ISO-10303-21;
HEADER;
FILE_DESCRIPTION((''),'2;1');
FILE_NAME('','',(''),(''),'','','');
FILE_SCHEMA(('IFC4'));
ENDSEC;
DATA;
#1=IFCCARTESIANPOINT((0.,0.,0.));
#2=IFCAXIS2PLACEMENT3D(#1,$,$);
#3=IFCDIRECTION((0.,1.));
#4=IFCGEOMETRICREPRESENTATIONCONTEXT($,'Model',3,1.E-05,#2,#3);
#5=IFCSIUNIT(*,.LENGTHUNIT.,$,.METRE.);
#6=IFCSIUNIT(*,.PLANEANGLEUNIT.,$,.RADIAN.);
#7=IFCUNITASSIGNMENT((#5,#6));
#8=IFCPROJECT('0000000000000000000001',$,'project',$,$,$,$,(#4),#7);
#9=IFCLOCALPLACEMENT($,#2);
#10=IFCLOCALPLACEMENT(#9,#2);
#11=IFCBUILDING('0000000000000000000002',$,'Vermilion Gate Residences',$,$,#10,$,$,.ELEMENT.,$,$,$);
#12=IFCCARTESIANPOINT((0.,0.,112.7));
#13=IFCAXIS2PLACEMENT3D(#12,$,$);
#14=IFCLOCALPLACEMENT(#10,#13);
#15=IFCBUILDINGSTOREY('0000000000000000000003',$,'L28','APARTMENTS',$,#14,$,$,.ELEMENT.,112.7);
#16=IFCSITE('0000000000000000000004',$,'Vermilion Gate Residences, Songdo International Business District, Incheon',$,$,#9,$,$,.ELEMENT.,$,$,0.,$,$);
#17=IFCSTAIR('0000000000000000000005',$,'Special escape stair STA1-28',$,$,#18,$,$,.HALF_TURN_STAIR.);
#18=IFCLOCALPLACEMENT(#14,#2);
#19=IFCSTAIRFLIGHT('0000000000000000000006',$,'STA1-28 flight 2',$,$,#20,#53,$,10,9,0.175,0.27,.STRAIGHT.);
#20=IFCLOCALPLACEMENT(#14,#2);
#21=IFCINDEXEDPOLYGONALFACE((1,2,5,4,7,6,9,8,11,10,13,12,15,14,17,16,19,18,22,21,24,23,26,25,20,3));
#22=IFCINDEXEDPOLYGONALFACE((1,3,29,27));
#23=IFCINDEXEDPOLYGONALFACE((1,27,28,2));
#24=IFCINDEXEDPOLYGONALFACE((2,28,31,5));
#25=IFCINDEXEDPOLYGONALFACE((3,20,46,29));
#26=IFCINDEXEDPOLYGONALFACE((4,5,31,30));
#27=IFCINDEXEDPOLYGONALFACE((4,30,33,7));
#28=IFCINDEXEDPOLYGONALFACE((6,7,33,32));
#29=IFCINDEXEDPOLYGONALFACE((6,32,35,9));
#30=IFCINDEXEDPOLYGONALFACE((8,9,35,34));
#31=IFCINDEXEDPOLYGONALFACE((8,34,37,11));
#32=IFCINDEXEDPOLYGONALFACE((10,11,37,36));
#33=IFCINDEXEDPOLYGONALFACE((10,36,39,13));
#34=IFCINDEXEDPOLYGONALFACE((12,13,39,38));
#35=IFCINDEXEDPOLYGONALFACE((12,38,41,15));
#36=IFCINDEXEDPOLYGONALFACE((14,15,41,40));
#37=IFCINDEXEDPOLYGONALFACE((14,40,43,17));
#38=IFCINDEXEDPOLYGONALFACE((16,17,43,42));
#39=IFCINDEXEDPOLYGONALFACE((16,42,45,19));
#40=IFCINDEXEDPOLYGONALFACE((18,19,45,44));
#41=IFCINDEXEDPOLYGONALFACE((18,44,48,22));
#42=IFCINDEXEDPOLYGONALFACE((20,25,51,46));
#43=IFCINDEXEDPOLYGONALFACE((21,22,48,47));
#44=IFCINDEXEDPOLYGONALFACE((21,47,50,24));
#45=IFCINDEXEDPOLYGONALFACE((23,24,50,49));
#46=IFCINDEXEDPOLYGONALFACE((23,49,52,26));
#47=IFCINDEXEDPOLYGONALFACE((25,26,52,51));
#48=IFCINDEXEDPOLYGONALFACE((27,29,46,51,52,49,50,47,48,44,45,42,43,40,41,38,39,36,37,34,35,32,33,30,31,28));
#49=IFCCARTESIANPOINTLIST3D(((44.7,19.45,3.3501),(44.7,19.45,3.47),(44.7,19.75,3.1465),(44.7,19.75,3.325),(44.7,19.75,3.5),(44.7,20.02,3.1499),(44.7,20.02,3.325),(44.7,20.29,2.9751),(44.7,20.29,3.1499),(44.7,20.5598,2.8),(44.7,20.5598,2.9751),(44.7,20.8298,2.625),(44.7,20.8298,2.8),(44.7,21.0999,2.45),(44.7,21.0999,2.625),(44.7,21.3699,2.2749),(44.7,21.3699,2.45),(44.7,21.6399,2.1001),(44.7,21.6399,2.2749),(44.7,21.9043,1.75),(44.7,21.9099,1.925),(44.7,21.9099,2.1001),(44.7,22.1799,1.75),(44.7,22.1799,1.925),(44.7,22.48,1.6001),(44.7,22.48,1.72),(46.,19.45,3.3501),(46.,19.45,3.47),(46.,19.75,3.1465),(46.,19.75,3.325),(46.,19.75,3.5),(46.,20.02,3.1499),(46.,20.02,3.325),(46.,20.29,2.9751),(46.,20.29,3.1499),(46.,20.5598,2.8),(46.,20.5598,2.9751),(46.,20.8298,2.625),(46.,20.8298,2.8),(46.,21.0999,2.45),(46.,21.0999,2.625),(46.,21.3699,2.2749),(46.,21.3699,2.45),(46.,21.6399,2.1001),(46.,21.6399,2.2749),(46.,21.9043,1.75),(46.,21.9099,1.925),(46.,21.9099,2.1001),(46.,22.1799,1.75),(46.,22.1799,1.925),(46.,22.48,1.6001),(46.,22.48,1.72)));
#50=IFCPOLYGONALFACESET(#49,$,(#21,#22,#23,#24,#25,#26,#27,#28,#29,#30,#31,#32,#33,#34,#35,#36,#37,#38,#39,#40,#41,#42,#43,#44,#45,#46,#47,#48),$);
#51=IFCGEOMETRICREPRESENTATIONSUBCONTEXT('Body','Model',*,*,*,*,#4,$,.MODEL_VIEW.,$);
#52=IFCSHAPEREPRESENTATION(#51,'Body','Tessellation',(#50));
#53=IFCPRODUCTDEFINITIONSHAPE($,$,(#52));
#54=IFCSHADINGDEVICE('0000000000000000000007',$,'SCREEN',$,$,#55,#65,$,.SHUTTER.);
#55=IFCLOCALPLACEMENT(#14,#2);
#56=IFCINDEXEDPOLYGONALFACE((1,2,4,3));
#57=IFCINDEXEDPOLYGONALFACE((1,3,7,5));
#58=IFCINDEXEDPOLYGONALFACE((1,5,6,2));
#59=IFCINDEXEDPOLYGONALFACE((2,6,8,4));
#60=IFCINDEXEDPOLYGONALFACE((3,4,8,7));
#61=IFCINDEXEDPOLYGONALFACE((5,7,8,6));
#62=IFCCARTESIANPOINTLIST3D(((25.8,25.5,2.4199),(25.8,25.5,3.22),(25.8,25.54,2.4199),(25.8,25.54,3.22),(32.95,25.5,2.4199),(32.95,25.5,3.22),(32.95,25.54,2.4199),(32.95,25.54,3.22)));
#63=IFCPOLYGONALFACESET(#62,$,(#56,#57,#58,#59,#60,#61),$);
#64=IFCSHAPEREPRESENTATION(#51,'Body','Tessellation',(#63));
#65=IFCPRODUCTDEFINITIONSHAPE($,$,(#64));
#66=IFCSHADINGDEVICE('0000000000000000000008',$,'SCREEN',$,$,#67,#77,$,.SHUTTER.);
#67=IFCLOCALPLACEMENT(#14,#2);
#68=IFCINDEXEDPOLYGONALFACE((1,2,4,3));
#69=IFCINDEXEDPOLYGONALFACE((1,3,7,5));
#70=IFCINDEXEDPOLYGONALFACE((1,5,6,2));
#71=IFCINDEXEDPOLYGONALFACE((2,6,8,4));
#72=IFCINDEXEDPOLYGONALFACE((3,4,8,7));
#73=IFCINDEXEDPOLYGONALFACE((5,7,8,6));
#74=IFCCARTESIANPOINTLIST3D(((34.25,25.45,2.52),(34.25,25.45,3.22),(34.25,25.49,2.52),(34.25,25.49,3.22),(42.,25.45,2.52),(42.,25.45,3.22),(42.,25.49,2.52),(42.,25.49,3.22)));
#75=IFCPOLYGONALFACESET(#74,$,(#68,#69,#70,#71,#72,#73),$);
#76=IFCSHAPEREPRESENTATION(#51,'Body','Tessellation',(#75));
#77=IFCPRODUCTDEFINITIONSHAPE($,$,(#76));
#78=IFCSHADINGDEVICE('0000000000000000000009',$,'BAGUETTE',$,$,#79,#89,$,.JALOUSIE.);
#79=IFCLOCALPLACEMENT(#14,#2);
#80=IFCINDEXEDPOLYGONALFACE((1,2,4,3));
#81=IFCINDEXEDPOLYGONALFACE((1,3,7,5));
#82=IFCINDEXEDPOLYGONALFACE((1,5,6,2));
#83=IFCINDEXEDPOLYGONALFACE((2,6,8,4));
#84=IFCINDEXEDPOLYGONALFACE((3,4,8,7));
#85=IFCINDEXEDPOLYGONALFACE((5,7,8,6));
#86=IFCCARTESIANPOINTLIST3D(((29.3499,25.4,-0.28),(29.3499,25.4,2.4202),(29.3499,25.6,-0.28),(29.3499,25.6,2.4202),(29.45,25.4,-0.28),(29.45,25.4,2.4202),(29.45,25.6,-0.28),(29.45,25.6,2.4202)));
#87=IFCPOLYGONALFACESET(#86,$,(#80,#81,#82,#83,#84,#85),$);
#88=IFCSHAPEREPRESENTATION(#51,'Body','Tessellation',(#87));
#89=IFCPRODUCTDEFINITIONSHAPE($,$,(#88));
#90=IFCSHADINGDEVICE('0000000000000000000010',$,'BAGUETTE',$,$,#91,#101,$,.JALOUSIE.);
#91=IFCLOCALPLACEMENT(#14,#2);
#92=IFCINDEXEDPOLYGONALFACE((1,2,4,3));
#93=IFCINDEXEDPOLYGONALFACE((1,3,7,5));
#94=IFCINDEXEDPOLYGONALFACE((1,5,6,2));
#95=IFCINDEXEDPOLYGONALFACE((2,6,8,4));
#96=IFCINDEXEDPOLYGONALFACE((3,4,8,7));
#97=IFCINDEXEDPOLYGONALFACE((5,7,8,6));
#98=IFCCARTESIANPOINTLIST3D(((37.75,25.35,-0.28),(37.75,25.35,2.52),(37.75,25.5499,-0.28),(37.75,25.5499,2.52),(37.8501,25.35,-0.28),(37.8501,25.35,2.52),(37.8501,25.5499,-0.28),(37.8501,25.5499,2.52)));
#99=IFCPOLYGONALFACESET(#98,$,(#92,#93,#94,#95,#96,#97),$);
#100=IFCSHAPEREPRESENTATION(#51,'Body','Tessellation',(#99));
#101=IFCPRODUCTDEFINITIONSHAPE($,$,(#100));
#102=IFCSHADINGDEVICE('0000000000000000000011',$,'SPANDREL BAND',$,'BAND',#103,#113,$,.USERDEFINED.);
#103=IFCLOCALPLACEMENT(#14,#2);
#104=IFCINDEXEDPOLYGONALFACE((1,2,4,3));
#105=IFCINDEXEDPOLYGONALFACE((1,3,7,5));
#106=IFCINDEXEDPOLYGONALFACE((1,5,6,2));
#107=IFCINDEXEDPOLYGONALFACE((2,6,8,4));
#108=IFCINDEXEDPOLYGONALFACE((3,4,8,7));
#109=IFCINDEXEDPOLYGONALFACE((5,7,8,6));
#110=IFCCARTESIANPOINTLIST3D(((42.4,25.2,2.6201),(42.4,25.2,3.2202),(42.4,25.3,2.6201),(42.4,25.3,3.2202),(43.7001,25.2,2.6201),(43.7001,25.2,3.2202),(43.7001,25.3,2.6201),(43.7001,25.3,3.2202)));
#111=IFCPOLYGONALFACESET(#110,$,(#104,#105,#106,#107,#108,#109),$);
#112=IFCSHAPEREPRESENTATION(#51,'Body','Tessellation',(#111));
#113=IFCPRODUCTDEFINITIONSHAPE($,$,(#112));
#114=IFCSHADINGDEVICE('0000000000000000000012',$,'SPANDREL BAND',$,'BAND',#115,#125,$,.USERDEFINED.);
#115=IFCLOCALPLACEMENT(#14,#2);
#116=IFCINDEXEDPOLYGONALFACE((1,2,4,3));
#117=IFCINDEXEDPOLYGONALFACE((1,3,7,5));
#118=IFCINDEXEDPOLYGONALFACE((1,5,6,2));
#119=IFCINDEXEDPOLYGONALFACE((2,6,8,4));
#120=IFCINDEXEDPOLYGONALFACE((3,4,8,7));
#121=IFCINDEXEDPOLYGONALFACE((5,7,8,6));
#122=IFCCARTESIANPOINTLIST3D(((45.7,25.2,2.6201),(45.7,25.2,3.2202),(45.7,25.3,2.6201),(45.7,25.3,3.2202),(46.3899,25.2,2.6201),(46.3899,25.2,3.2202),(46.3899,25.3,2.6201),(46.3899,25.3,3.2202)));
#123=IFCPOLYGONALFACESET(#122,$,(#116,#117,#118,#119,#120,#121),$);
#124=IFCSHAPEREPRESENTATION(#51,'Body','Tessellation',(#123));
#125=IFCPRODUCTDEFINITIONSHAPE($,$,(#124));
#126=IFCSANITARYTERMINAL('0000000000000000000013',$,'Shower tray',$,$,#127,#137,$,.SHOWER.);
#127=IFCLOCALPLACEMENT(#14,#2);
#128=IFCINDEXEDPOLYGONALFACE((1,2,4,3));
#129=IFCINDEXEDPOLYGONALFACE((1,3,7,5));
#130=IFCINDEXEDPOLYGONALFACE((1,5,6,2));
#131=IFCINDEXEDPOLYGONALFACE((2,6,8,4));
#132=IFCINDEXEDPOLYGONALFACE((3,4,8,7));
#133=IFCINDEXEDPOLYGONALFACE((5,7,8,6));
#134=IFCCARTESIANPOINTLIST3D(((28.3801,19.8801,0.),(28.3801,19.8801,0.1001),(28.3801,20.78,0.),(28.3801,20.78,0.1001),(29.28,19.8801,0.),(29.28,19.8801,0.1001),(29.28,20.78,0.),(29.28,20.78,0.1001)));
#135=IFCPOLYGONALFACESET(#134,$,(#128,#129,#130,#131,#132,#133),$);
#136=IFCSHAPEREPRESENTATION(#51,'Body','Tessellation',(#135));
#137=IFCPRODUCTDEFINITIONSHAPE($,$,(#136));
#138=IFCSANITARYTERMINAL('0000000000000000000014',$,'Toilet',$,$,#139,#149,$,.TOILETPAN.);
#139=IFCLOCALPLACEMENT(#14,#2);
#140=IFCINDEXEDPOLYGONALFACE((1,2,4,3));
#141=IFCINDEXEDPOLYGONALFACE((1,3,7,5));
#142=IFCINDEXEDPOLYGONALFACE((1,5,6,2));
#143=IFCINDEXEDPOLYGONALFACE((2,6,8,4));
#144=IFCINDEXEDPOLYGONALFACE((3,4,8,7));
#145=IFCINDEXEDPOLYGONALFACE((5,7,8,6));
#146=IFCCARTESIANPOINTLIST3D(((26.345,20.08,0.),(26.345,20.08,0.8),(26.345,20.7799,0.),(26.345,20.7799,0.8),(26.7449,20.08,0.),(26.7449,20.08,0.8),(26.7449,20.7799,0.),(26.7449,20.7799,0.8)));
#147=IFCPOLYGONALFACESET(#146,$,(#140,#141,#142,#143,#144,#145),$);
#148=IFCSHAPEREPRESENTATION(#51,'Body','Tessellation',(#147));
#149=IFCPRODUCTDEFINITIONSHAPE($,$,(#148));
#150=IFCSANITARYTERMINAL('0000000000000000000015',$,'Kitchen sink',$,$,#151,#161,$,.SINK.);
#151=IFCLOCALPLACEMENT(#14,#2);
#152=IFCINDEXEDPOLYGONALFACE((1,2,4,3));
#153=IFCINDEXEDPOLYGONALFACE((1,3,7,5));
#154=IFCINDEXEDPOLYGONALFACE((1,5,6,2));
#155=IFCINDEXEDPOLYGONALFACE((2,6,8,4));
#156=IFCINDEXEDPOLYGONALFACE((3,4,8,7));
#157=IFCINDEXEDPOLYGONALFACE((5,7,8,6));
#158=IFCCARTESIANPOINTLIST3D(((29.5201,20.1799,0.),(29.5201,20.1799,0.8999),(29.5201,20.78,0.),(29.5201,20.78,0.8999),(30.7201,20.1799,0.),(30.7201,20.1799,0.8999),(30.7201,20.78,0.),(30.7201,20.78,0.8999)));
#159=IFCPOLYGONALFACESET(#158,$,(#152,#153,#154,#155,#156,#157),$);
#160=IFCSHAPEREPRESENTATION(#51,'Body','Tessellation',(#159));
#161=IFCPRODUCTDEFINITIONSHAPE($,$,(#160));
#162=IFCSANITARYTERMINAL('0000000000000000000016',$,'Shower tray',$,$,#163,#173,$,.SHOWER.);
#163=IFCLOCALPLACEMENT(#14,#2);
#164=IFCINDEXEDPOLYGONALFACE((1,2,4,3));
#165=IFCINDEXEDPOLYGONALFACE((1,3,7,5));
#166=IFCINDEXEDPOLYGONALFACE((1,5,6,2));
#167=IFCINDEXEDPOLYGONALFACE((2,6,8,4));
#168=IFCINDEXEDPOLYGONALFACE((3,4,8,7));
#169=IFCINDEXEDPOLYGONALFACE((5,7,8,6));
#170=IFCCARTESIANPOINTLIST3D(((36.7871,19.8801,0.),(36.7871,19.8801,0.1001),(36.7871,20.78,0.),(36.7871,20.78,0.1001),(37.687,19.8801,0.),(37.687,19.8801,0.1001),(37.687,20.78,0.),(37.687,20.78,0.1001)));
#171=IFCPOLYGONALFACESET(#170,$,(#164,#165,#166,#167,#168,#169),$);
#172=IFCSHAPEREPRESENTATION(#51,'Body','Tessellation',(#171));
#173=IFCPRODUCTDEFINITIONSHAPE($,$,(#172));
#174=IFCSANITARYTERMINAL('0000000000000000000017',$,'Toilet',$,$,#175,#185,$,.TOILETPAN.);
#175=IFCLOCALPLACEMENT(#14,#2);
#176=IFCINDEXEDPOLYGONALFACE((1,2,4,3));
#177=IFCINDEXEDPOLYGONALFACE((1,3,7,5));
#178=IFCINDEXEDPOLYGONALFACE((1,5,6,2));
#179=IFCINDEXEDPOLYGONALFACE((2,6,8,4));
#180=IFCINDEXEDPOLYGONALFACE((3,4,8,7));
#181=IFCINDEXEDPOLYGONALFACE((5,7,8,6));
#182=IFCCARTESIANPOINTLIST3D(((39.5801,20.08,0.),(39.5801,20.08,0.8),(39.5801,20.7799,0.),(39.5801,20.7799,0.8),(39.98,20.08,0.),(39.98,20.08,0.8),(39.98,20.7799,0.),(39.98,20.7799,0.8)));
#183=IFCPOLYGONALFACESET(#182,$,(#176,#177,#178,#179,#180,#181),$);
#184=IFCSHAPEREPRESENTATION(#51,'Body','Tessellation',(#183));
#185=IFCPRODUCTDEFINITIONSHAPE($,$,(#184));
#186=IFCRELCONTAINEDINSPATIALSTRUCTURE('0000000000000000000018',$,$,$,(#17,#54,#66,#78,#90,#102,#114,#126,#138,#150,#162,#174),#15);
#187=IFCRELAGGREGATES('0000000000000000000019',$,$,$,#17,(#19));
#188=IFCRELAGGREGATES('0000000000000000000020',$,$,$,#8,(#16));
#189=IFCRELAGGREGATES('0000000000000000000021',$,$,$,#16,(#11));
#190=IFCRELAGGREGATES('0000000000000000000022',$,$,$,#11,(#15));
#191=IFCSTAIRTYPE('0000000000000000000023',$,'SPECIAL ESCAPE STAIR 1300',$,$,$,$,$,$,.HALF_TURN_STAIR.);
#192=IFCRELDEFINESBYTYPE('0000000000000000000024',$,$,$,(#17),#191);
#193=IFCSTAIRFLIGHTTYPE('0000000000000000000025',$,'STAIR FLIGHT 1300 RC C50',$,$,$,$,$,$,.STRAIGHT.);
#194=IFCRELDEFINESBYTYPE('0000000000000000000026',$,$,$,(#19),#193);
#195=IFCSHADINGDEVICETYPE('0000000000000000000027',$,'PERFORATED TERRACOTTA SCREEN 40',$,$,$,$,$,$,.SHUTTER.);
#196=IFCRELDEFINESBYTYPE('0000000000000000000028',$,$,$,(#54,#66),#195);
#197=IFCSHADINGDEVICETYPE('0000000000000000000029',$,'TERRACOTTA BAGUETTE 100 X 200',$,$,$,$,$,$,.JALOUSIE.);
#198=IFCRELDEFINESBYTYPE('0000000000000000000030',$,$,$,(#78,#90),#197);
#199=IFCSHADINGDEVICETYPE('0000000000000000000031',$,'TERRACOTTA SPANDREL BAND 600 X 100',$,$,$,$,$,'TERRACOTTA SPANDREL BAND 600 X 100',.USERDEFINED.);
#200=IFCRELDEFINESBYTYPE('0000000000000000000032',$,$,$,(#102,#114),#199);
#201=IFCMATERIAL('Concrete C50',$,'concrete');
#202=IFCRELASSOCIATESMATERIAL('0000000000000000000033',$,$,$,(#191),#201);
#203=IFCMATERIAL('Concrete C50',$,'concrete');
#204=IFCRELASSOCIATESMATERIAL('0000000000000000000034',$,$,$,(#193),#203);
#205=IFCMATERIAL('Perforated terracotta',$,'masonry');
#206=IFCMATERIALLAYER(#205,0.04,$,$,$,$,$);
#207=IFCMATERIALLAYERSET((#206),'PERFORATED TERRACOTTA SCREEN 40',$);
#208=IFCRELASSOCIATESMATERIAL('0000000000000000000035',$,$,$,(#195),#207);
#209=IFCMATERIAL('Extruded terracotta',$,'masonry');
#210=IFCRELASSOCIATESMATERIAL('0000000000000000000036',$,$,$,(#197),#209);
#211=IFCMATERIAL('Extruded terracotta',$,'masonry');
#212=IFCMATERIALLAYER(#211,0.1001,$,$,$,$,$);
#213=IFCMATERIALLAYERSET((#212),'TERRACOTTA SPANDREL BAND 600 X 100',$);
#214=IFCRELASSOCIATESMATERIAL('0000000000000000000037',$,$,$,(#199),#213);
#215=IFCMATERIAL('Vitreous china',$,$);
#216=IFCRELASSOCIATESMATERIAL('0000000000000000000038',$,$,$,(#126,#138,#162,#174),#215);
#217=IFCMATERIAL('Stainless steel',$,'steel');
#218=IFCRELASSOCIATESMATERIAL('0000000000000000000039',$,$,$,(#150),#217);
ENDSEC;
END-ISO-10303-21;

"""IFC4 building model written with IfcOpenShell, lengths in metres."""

from ifc_helpers import new_model, si_unit, direction, frame, origin, origin_2d, place, context, subcontext, project, spatial, polyline, rectangle, outline, extrude, material, layer, layer_set, material_profile, profile_set, type_object, element, aggregate, save


model = new_model("IFC4")

# Units and contexts
model_context = context("Model", 3, precision=1e-05, world=origin(), true_north=direction((0.0, 1.0)))
body_context = subcontext(model_context, "Body", "Model", "MODEL_VIEW")
ifc_project = project(units=[si_unit("LENGTHUNIT", "METRE"), si_unit("PLANEANGLEUNIT", "RADIAN")], contexts=[model_context])

# Site, building, storey
site_placement = place(None, origin())
site = spatial("IfcSite", under=ifc_project, at=site_placement, Name="Vermilion Gate Residences, Songdo International Business District, Incheon", CompositionType="ELEMENT", RefElevation=0.0)
building_placement = place(site_placement, origin())
building = spatial("IfcBuilding", under=site, at=building_placement, Name="Vermilion Gate Residences", CompositionType="ELEMENT")
storey_placement = place(building_placement, frame((0.0, 0.0, 112.7)))
storey = spatial("IfcBuildingStorey", under=building, at=storey_placement, Name="L28", Description="APARTMENTS", CompositionType="ELEMENT", Elevation=112.7)

# Stair, stair flight
ifc_material_1 = material(Name="Concrete C50", Category="concrete")
stair_type = type_object("IfcStairType", Name="SPECIAL ESCAPE STAIR 1300", PredefinedType="HALF_TURN_STAIR", material=ifc_material_1)
stair_placement = place(storey_placement, origin())
stair = element("IfcStair", 1, at=stair_placement, inside=storey, type_object=stair_type, Name="Special escape stair STA1-28", PredefinedType="HALF_TURN_STAIR")
ifc_material_2 = material(Name="Concrete C50", Category="concrete")
stair_flight_type = type_object("IfcStairFlightType", Name="STAIR FLIGHT 1300 RC C50", PredefinedType="STRAIGHT", material=ifc_material_2)
stair_flight_placement = place(storey_placement, frame((45.3501, 22.1799, 1.75), z_axis=(0.0, 0.0, 1.0), x_axis=(0.0, -1.0, 0.0)))
stair_flight = element("IfcStairFlight", 2, at=stair_flight_placement, type_object=stair_flight_type, Name="STA1-28 flight 2", NumberOfRisers=10, NumberOfTreads=9, PredefinedType="STRAIGHT", RiserHeight=0.175, TreadLength=0.27, context=body_context, shape_type="SweptSolid", body=[
    extrude(outline(polyline([(-0.3, -0.1499), (-0.3, -0.03), (0.0, 0.0), (0.0, 0.175), (0.27, 0.175), (0.27, 0.3501), (0.54, 0.3501), (0.54, 0.5249), (0.8101, 0.5249), (0.8101, 0.7), (1.0801, 0.7), (1.0801, 0.875), (1.3501, 0.875), (1.3501, 1.05), (1.6201, 1.05), (1.6201, 1.2251), (1.8899, 1.2251), (1.8899, 1.3999), (2.1599, 1.3999), (2.1599, 1.575), (2.4299, 1.575), (2.4299, 1.75), (2.73, 1.72), (2.73, 1.6001), (2.4299, 1.3965), (0.2756, 0.0), (-0.3, -0.1499)])), frame((0.0, 0.6499, 0.0), z_axis=(0.0, -1.0, 0.0), x_axis=(1.0, 0.0, 0.0)), (0.0, 0.0, 1.0), 1.3),
])
aggregate(stair, [stair_flight])

# Shading devices
ifc_material_3 = material(Name="Perforated terracotta", Category="masonry")
ifc_layer_1 = layer(ifc_material_3, 0.04)
ifc_layer_set_1 = layer_set([ifc_layer_1], Name="PERFORATED TERRACOTTA SCREEN 40")
shading_device_type_1 = type_object("IfcShadingDeviceType", Name="PERFORATED TERRACOTTA SCREEN 40", PredefinedType="SHUTTER", material=ifc_layer_set_1)
shading_device_1_placement = place(storey_placement, frame((29.375, 25.52, 2.4199), z_axis=(0.0, 0.0, 1.0), x_axis=(-1.0, 0.0, 0.0)))
element("IfcShadingDevice", 3, at=shading_device_1_placement, inside=storey, type_object=shading_device_type_1, Name="SCREEN", PredefinedType="SHUTTER", context=body_context, shape_type="SweptSolid", body=[
    extrude(rectangle(XDim=7.1499, YDim=0.04, at=origin_2d()), origin(), (0.0, 0.0, 1.0), 0.8),
])
shading_device_2_placement = place(storey_placement, frame((38.125, 25.47, 2.52), z_axis=(0.0, 0.0, 1.0), x_axis=(-1.0, 0.0, 0.0)))
element("IfcShadingDevice", 4, at=shading_device_2_placement, inside=storey, type_object=shading_device_type_1, Name="SCREEN", PredefinedType="SHUTTER", context=body_context, shape_type="SweptSolid", body=[
    extrude(rectangle(XDim=7.75, YDim=0.04, at=origin_2d()), origin(), (0.0, 0.0, 1.0), 0.7),
])
ifc_material_4 = material(Name="Extruded terracotta", Category="masonry")
ifc_material_profile_1 = material_profile(ifc_material_4, rectangle(XDim=0.2, YDim=0.1001, at=origin_2d()), Name="BAGUETTE 100 X 200")
ifc_profile_set_1 = profile_set([ifc_material_profile_1], Name="Extruded terracotta")
shading_device_type_2 = type_object("IfcShadingDeviceType", Name="TERRACOTTA BAGUETTE 100 X 200", PredefinedType="JALOUSIE", material=ifc_profile_set_1)
shading_device_3_placement = place(storey_placement, frame((29.3999, 25.5, -0.28), z_axis=(0.0, 0.0, 1.0), x_axis=(0.0, -1.0, 0.0)))
element("IfcShadingDevice", 5, at=shading_device_3_placement, inside=storey, type_object=shading_device_type_2, Name="BAGUETTE", PredefinedType="JALOUSIE", context=body_context, shape_type="SweptSolid", body=[
    extrude(rectangle(XDim=0.2, YDim=0.1001, at=origin_2d()), origin(), (0.0, 0.0, 1.0), 2.7002),
])
shading_device_4_placement = place(storey_placement, frame((37.8, 25.45, -0.28), z_axis=(0.0, 0.0, 1.0), x_axis=(0.0, -1.0, 0.0)))
element("IfcShadingDevice", 6, at=shading_device_4_placement, inside=storey, type_object=shading_device_type_2, Name="BAGUETTE", PredefinedType="JALOUSIE", context=body_context, shape_type="SweptSolid", body=[
    extrude(rectangle(XDim=0.2, YDim=0.1001, at=origin_2d()), origin(), (0.0, 0.0, 1.0), 2.8),
])
ifc_material_5 = material(Name="Extruded terracotta", Category="masonry")
ifc_layer_2 = layer(ifc_material_5, 0.1001)
ifc_layer_set_2 = layer_set([ifc_layer_2], Name="TERRACOTTA SPANDREL BAND 600 X 100")
shading_device_type_3 = type_object("IfcShadingDeviceType", Name="TERRACOTTA SPANDREL BAND 600 X 100", ElementType="TERRACOTTA SPANDREL BAND 600 X 100", PredefinedType="USERDEFINED", material=ifc_layer_set_2)
shading_device_5_placement = place(storey_placement, frame((43.05, 25.25, 2.6201), z_axis=(0.0, 0.0, 1.0), x_axis=(1.0, 0.0, 0.0)))
element("IfcShadingDevice", 7, at=shading_device_5_placement, inside=storey, type_object=shading_device_type_3, Name="SPANDREL BAND", ObjectType="BAND", PredefinedType="USERDEFINED", context=body_context, shape_type="SweptSolid", body=[
    extrude(rectangle(XDim=1.3, YDim=0.1001, at=origin_2d()), origin(), (0.0, 0.0, 1.0), 0.6001),
])
shading_device_6_placement = place(storey_placement, frame((46.0449, 25.25, 2.6201), z_axis=(0.0, 0.0, 1.0), x_axis=(1.0, 0.0, 0.0)))
element("IfcShadingDevice", 8, at=shading_device_6_placement, inside=storey, type_object=shading_device_type_3, Name="SPANDREL BAND", ObjectType="BAND", PredefinedType="USERDEFINED", context=body_context, shape_type="SweptSolid", body=[
    extrude(rectangle(XDim=0.6899, YDim=0.1001, at=origin_2d()), origin(), (0.0, 0.0, 1.0), 0.6001),
])

# Sanitary terminals
ifc_material_6 = material(Name="Vitreous china")
sanitary_terminal_1_placement = place(storey_placement, frame((28.8301, 20.3301, 0.0), z_axis=(0.0, 0.0, 1.0), x_axis=(1.0, 0.0, 0.0)))
element("IfcSanitaryTerminal", 9, at=sanitary_terminal_1_placement, inside=storey, material=ifc_material_6, Name="Shower tray", PredefinedType="SHOWER", context=body_context, shape_type="SweptSolid", body=[
    extrude(rectangle(XDim=0.8999, YDim=0.8999, at=origin_2d()), origin(), (0.0, 0.0, 1.0), 0.1001),
])
sanitary_terminal_2_placement = place(storey_placement, frame((26.5449, 20.4299, 0.0), z_axis=(0.0, 0.0, 1.0), x_axis=(1.0, 0.0, 0.0)))
element("IfcSanitaryTerminal", 10, at=sanitary_terminal_2_placement, inside=storey, material=ifc_material_6, Name="Toilet", PredefinedType="TOILETPAN", context=body_context, shape_type="SweptSolid", body=[
    extrude(rectangle(XDim=0.3999, YDim=0.7, at=origin_2d()), origin(), (0.0, 0.0, 1.0), 0.8),
])
ifc_material_7 = material(Name="Stainless steel", Category="steel")
sanitary_terminal_3_placement = place(storey_placement, frame((30.1201, 20.48, 0.0), z_axis=(0.0, 0.0, 1.0), x_axis=(1.0, 0.0, 0.0)))
element("IfcSanitaryTerminal", 11, at=sanitary_terminal_3_placement, inside=storey, material=ifc_material_7, Name="Kitchen sink", PredefinedType="SINK", context=body_context, shape_type="SweptSolid", body=[
    extrude(rectangle(XDim=1.2, YDim=0.6001, at=origin_2d()), origin(), (0.0, 0.0, 1.0), 0.8999),
])
sanitary_terminal_4_placement = place(storey_placement, frame((37.2371, 20.3301, 0.0), z_axis=(0.0, 0.0, 1.0), x_axis=(1.0, 0.0, 0.0)))
element("IfcSanitaryTerminal", 12, at=sanitary_terminal_4_placement, inside=storey, material=ifc_material_6, Name="Shower tray", PredefinedType="SHOWER", context=body_context, shape_type="SweptSolid", body=[
    extrude(rectangle(XDim=0.8999, YDim=0.8999, at=origin_2d()), origin(), (0.0, 0.0, 1.0), 0.1001),
])
sanitary_terminal_5_placement = place(storey_placement, frame((39.78, 20.4299, 0.0), z_axis=(0.0, 0.0, 1.0), x_axis=(1.0, 0.0, 0.0)))
element("IfcSanitaryTerminal", 13, at=sanitary_terminal_5_placement, inside=storey, material=ifc_material_6, Name="Toilet", PredefinedType="TOILETPAN", context=body_context, shape_type="SweptSolid", body=[
    extrude(rectangle(XDim=0.3999, YDim=0.7, at=origin_2d()), origin(), (0.0, 0.0, 1.0), 0.8),
])

save(model, "model.ifc")
